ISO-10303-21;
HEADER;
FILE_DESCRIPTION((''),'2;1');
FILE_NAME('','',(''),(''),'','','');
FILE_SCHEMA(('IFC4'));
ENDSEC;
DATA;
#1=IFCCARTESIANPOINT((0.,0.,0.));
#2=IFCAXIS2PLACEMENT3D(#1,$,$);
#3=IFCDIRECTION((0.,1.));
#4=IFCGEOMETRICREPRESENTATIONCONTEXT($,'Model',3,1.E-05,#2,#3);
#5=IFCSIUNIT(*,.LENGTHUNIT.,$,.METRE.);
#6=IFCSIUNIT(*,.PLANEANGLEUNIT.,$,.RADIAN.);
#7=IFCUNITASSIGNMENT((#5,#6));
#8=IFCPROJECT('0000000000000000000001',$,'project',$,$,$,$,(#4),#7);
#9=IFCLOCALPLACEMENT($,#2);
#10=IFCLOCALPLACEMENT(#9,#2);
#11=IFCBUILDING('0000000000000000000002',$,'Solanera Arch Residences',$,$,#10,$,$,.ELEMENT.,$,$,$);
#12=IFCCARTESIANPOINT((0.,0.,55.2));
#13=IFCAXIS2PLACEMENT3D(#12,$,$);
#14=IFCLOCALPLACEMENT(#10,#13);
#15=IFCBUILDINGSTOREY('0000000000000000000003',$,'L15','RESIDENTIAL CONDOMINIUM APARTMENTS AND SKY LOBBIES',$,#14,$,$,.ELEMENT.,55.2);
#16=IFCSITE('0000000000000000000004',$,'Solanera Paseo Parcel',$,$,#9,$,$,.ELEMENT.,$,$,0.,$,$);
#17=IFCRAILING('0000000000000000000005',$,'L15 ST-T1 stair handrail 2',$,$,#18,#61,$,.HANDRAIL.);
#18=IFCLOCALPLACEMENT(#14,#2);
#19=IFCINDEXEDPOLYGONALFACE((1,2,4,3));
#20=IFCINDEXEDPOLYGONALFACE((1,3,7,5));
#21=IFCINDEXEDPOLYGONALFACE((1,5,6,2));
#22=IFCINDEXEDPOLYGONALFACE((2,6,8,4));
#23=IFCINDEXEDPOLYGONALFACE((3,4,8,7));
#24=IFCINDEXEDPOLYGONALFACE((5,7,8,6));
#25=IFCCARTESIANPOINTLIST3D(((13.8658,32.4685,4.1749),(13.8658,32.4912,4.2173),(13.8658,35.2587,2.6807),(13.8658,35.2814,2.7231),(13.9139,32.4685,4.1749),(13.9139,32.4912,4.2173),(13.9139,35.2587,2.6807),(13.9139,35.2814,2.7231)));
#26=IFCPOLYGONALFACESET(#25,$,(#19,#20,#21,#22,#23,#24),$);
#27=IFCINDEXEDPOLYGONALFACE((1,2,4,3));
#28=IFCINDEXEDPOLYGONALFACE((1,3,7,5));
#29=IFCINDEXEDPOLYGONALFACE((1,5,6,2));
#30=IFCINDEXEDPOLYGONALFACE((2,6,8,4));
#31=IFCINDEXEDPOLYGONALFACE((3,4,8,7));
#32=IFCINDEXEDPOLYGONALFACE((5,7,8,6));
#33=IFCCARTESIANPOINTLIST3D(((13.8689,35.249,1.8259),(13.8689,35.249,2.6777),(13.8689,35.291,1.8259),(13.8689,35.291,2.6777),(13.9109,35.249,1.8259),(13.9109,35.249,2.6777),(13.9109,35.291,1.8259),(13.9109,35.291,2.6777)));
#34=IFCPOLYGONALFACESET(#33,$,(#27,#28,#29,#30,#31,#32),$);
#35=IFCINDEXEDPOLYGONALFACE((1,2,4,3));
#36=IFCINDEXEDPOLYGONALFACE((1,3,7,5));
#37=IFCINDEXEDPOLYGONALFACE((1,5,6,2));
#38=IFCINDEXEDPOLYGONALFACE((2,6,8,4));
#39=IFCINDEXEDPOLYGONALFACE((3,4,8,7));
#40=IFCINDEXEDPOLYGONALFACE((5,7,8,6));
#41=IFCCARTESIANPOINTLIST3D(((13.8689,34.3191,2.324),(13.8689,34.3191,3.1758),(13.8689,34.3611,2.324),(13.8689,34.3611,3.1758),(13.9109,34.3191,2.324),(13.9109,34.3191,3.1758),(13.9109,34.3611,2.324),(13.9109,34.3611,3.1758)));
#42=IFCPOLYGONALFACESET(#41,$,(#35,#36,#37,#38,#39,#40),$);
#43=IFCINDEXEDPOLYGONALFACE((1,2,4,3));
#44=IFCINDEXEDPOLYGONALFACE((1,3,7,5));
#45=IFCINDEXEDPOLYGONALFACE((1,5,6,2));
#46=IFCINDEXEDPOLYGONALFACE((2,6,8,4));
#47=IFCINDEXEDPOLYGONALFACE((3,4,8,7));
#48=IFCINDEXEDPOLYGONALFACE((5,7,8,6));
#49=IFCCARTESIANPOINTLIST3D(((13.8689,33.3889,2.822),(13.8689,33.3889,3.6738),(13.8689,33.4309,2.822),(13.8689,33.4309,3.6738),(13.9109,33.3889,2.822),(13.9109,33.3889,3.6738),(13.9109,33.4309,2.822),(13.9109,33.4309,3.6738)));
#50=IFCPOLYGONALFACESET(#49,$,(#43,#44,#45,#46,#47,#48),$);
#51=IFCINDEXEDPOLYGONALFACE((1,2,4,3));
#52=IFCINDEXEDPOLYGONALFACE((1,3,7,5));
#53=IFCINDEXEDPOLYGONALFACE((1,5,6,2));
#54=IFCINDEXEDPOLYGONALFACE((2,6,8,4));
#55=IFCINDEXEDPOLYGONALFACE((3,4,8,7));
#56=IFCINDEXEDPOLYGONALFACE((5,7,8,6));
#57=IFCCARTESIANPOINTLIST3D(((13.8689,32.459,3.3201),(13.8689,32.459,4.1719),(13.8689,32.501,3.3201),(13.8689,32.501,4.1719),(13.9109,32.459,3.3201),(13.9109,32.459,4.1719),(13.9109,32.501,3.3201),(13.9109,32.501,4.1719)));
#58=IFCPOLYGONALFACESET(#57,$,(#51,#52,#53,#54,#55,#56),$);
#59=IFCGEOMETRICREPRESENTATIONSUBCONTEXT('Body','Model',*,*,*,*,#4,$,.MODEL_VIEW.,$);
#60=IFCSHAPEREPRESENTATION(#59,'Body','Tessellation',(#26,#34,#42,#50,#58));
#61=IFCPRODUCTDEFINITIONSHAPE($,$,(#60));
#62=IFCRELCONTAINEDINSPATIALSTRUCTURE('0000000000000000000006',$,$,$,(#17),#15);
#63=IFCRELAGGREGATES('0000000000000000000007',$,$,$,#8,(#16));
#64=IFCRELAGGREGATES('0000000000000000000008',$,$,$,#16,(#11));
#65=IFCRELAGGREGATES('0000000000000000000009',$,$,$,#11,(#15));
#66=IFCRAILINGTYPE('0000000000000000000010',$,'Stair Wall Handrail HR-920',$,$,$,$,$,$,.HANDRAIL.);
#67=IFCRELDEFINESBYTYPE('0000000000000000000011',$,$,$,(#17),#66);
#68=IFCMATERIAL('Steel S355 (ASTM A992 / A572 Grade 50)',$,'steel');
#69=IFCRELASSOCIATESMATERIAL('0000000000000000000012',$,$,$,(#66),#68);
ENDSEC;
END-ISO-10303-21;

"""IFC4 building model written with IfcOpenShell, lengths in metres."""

from ifc_helpers import new_model, si_unit, direction, frame, origin, origin_2d, place, context, subcontext, project, spatial, rectangle, extrude, material, type_object, element, save


model = new_model("IFC4")

# Units and contexts
model_context = context("Model", 3, precision=1e-05, world=origin(), true_north=direction((0.0, 1.0)))
body_context = subcontext(model_context, "Body", "Model", "MODEL_VIEW")
ifc_project = project(units=[si_unit("LENGTHUNIT", "METRE"), si_unit("PLANEANGLEUNIT", "RADIAN")], contexts=[model_context])

# Site, building, storey
site_placement = place(None, origin())
site = spatial("IfcSite", under=ifc_project, at=site_placement, Name="Solanera Paseo Parcel", CompositionType="ELEMENT", RefElevation=0.0)
building_placement = place(site_placement, origin())
building = spatial("IfcBuilding", under=site, at=building_placement, Name="Solanera Arch Residences", CompositionType="ELEMENT")
storey_placement = place(building_placement, frame((0.0, 0.0, 55.2)))
storey = spatial("IfcBuildingStorey", under=building, at=storey_placement, Name="L15", Description="RESIDENTIAL CONDOMINIUM APARTMENTS AND SKY LOBBIES", CompositionType="ELEMENT", Elevation=55.2)

# Railing
ifc_material_1 = material(Name="Steel S355 (ASTM A992 / A572 Grade 50)", Category="steel")
railing_type_1 = type_object("IfcRailingType", Name="Stair Wall Handrail HR-920", PredefinedType="HANDRAIL", material=ifc_material_1)
railing_1_placement = place(storey_placement, frame((13.8899, 35.27, 1.8259)))
element("IfcRailing", 1, at=railing_1_placement, inside=storey, type_object=railing_type_1, Name="L15 ST-T1 stair handrail 2", PredefinedType="HANDRAIL", context=body_context, shape_type="SweptSolid", body=[
    extrude(rectangle(XDim=0.0481, YDim=0.0481, at=origin_2d()), frame((0.0, 0.0, 0.876), z_axis=(0.0, -0.881549, 0.472093), x_axis=(1.0, 0.0, 0.0)), (0.0, 0.0, 1.0), 3.165),
    extrude(rectangle(XDim=0.042, YDim=0.042, at=origin_2d()), origin(), (0.0, 0.0, 1.0), 0.8518),
    extrude(rectangle(XDim=0.042, YDim=0.042, at=origin_2d()), frame((0.0, -0.9299, 0.498)), (0.0, 0.0, 1.0), 0.8518),
    extrude(rectangle(XDim=0.042, YDim=0.042, at=origin_2d()), frame((0.0, -1.8601, 0.9961)), (0.0, 0.0, 1.0), 0.8518),
    extrude(rectangle(XDim=0.042, YDim=0.042, at=origin_2d()), frame((0.0, -2.79, 1.4941)), (0.0, 0.0, 1.0), 0.8518),
])

save(model, "model.ifc")
